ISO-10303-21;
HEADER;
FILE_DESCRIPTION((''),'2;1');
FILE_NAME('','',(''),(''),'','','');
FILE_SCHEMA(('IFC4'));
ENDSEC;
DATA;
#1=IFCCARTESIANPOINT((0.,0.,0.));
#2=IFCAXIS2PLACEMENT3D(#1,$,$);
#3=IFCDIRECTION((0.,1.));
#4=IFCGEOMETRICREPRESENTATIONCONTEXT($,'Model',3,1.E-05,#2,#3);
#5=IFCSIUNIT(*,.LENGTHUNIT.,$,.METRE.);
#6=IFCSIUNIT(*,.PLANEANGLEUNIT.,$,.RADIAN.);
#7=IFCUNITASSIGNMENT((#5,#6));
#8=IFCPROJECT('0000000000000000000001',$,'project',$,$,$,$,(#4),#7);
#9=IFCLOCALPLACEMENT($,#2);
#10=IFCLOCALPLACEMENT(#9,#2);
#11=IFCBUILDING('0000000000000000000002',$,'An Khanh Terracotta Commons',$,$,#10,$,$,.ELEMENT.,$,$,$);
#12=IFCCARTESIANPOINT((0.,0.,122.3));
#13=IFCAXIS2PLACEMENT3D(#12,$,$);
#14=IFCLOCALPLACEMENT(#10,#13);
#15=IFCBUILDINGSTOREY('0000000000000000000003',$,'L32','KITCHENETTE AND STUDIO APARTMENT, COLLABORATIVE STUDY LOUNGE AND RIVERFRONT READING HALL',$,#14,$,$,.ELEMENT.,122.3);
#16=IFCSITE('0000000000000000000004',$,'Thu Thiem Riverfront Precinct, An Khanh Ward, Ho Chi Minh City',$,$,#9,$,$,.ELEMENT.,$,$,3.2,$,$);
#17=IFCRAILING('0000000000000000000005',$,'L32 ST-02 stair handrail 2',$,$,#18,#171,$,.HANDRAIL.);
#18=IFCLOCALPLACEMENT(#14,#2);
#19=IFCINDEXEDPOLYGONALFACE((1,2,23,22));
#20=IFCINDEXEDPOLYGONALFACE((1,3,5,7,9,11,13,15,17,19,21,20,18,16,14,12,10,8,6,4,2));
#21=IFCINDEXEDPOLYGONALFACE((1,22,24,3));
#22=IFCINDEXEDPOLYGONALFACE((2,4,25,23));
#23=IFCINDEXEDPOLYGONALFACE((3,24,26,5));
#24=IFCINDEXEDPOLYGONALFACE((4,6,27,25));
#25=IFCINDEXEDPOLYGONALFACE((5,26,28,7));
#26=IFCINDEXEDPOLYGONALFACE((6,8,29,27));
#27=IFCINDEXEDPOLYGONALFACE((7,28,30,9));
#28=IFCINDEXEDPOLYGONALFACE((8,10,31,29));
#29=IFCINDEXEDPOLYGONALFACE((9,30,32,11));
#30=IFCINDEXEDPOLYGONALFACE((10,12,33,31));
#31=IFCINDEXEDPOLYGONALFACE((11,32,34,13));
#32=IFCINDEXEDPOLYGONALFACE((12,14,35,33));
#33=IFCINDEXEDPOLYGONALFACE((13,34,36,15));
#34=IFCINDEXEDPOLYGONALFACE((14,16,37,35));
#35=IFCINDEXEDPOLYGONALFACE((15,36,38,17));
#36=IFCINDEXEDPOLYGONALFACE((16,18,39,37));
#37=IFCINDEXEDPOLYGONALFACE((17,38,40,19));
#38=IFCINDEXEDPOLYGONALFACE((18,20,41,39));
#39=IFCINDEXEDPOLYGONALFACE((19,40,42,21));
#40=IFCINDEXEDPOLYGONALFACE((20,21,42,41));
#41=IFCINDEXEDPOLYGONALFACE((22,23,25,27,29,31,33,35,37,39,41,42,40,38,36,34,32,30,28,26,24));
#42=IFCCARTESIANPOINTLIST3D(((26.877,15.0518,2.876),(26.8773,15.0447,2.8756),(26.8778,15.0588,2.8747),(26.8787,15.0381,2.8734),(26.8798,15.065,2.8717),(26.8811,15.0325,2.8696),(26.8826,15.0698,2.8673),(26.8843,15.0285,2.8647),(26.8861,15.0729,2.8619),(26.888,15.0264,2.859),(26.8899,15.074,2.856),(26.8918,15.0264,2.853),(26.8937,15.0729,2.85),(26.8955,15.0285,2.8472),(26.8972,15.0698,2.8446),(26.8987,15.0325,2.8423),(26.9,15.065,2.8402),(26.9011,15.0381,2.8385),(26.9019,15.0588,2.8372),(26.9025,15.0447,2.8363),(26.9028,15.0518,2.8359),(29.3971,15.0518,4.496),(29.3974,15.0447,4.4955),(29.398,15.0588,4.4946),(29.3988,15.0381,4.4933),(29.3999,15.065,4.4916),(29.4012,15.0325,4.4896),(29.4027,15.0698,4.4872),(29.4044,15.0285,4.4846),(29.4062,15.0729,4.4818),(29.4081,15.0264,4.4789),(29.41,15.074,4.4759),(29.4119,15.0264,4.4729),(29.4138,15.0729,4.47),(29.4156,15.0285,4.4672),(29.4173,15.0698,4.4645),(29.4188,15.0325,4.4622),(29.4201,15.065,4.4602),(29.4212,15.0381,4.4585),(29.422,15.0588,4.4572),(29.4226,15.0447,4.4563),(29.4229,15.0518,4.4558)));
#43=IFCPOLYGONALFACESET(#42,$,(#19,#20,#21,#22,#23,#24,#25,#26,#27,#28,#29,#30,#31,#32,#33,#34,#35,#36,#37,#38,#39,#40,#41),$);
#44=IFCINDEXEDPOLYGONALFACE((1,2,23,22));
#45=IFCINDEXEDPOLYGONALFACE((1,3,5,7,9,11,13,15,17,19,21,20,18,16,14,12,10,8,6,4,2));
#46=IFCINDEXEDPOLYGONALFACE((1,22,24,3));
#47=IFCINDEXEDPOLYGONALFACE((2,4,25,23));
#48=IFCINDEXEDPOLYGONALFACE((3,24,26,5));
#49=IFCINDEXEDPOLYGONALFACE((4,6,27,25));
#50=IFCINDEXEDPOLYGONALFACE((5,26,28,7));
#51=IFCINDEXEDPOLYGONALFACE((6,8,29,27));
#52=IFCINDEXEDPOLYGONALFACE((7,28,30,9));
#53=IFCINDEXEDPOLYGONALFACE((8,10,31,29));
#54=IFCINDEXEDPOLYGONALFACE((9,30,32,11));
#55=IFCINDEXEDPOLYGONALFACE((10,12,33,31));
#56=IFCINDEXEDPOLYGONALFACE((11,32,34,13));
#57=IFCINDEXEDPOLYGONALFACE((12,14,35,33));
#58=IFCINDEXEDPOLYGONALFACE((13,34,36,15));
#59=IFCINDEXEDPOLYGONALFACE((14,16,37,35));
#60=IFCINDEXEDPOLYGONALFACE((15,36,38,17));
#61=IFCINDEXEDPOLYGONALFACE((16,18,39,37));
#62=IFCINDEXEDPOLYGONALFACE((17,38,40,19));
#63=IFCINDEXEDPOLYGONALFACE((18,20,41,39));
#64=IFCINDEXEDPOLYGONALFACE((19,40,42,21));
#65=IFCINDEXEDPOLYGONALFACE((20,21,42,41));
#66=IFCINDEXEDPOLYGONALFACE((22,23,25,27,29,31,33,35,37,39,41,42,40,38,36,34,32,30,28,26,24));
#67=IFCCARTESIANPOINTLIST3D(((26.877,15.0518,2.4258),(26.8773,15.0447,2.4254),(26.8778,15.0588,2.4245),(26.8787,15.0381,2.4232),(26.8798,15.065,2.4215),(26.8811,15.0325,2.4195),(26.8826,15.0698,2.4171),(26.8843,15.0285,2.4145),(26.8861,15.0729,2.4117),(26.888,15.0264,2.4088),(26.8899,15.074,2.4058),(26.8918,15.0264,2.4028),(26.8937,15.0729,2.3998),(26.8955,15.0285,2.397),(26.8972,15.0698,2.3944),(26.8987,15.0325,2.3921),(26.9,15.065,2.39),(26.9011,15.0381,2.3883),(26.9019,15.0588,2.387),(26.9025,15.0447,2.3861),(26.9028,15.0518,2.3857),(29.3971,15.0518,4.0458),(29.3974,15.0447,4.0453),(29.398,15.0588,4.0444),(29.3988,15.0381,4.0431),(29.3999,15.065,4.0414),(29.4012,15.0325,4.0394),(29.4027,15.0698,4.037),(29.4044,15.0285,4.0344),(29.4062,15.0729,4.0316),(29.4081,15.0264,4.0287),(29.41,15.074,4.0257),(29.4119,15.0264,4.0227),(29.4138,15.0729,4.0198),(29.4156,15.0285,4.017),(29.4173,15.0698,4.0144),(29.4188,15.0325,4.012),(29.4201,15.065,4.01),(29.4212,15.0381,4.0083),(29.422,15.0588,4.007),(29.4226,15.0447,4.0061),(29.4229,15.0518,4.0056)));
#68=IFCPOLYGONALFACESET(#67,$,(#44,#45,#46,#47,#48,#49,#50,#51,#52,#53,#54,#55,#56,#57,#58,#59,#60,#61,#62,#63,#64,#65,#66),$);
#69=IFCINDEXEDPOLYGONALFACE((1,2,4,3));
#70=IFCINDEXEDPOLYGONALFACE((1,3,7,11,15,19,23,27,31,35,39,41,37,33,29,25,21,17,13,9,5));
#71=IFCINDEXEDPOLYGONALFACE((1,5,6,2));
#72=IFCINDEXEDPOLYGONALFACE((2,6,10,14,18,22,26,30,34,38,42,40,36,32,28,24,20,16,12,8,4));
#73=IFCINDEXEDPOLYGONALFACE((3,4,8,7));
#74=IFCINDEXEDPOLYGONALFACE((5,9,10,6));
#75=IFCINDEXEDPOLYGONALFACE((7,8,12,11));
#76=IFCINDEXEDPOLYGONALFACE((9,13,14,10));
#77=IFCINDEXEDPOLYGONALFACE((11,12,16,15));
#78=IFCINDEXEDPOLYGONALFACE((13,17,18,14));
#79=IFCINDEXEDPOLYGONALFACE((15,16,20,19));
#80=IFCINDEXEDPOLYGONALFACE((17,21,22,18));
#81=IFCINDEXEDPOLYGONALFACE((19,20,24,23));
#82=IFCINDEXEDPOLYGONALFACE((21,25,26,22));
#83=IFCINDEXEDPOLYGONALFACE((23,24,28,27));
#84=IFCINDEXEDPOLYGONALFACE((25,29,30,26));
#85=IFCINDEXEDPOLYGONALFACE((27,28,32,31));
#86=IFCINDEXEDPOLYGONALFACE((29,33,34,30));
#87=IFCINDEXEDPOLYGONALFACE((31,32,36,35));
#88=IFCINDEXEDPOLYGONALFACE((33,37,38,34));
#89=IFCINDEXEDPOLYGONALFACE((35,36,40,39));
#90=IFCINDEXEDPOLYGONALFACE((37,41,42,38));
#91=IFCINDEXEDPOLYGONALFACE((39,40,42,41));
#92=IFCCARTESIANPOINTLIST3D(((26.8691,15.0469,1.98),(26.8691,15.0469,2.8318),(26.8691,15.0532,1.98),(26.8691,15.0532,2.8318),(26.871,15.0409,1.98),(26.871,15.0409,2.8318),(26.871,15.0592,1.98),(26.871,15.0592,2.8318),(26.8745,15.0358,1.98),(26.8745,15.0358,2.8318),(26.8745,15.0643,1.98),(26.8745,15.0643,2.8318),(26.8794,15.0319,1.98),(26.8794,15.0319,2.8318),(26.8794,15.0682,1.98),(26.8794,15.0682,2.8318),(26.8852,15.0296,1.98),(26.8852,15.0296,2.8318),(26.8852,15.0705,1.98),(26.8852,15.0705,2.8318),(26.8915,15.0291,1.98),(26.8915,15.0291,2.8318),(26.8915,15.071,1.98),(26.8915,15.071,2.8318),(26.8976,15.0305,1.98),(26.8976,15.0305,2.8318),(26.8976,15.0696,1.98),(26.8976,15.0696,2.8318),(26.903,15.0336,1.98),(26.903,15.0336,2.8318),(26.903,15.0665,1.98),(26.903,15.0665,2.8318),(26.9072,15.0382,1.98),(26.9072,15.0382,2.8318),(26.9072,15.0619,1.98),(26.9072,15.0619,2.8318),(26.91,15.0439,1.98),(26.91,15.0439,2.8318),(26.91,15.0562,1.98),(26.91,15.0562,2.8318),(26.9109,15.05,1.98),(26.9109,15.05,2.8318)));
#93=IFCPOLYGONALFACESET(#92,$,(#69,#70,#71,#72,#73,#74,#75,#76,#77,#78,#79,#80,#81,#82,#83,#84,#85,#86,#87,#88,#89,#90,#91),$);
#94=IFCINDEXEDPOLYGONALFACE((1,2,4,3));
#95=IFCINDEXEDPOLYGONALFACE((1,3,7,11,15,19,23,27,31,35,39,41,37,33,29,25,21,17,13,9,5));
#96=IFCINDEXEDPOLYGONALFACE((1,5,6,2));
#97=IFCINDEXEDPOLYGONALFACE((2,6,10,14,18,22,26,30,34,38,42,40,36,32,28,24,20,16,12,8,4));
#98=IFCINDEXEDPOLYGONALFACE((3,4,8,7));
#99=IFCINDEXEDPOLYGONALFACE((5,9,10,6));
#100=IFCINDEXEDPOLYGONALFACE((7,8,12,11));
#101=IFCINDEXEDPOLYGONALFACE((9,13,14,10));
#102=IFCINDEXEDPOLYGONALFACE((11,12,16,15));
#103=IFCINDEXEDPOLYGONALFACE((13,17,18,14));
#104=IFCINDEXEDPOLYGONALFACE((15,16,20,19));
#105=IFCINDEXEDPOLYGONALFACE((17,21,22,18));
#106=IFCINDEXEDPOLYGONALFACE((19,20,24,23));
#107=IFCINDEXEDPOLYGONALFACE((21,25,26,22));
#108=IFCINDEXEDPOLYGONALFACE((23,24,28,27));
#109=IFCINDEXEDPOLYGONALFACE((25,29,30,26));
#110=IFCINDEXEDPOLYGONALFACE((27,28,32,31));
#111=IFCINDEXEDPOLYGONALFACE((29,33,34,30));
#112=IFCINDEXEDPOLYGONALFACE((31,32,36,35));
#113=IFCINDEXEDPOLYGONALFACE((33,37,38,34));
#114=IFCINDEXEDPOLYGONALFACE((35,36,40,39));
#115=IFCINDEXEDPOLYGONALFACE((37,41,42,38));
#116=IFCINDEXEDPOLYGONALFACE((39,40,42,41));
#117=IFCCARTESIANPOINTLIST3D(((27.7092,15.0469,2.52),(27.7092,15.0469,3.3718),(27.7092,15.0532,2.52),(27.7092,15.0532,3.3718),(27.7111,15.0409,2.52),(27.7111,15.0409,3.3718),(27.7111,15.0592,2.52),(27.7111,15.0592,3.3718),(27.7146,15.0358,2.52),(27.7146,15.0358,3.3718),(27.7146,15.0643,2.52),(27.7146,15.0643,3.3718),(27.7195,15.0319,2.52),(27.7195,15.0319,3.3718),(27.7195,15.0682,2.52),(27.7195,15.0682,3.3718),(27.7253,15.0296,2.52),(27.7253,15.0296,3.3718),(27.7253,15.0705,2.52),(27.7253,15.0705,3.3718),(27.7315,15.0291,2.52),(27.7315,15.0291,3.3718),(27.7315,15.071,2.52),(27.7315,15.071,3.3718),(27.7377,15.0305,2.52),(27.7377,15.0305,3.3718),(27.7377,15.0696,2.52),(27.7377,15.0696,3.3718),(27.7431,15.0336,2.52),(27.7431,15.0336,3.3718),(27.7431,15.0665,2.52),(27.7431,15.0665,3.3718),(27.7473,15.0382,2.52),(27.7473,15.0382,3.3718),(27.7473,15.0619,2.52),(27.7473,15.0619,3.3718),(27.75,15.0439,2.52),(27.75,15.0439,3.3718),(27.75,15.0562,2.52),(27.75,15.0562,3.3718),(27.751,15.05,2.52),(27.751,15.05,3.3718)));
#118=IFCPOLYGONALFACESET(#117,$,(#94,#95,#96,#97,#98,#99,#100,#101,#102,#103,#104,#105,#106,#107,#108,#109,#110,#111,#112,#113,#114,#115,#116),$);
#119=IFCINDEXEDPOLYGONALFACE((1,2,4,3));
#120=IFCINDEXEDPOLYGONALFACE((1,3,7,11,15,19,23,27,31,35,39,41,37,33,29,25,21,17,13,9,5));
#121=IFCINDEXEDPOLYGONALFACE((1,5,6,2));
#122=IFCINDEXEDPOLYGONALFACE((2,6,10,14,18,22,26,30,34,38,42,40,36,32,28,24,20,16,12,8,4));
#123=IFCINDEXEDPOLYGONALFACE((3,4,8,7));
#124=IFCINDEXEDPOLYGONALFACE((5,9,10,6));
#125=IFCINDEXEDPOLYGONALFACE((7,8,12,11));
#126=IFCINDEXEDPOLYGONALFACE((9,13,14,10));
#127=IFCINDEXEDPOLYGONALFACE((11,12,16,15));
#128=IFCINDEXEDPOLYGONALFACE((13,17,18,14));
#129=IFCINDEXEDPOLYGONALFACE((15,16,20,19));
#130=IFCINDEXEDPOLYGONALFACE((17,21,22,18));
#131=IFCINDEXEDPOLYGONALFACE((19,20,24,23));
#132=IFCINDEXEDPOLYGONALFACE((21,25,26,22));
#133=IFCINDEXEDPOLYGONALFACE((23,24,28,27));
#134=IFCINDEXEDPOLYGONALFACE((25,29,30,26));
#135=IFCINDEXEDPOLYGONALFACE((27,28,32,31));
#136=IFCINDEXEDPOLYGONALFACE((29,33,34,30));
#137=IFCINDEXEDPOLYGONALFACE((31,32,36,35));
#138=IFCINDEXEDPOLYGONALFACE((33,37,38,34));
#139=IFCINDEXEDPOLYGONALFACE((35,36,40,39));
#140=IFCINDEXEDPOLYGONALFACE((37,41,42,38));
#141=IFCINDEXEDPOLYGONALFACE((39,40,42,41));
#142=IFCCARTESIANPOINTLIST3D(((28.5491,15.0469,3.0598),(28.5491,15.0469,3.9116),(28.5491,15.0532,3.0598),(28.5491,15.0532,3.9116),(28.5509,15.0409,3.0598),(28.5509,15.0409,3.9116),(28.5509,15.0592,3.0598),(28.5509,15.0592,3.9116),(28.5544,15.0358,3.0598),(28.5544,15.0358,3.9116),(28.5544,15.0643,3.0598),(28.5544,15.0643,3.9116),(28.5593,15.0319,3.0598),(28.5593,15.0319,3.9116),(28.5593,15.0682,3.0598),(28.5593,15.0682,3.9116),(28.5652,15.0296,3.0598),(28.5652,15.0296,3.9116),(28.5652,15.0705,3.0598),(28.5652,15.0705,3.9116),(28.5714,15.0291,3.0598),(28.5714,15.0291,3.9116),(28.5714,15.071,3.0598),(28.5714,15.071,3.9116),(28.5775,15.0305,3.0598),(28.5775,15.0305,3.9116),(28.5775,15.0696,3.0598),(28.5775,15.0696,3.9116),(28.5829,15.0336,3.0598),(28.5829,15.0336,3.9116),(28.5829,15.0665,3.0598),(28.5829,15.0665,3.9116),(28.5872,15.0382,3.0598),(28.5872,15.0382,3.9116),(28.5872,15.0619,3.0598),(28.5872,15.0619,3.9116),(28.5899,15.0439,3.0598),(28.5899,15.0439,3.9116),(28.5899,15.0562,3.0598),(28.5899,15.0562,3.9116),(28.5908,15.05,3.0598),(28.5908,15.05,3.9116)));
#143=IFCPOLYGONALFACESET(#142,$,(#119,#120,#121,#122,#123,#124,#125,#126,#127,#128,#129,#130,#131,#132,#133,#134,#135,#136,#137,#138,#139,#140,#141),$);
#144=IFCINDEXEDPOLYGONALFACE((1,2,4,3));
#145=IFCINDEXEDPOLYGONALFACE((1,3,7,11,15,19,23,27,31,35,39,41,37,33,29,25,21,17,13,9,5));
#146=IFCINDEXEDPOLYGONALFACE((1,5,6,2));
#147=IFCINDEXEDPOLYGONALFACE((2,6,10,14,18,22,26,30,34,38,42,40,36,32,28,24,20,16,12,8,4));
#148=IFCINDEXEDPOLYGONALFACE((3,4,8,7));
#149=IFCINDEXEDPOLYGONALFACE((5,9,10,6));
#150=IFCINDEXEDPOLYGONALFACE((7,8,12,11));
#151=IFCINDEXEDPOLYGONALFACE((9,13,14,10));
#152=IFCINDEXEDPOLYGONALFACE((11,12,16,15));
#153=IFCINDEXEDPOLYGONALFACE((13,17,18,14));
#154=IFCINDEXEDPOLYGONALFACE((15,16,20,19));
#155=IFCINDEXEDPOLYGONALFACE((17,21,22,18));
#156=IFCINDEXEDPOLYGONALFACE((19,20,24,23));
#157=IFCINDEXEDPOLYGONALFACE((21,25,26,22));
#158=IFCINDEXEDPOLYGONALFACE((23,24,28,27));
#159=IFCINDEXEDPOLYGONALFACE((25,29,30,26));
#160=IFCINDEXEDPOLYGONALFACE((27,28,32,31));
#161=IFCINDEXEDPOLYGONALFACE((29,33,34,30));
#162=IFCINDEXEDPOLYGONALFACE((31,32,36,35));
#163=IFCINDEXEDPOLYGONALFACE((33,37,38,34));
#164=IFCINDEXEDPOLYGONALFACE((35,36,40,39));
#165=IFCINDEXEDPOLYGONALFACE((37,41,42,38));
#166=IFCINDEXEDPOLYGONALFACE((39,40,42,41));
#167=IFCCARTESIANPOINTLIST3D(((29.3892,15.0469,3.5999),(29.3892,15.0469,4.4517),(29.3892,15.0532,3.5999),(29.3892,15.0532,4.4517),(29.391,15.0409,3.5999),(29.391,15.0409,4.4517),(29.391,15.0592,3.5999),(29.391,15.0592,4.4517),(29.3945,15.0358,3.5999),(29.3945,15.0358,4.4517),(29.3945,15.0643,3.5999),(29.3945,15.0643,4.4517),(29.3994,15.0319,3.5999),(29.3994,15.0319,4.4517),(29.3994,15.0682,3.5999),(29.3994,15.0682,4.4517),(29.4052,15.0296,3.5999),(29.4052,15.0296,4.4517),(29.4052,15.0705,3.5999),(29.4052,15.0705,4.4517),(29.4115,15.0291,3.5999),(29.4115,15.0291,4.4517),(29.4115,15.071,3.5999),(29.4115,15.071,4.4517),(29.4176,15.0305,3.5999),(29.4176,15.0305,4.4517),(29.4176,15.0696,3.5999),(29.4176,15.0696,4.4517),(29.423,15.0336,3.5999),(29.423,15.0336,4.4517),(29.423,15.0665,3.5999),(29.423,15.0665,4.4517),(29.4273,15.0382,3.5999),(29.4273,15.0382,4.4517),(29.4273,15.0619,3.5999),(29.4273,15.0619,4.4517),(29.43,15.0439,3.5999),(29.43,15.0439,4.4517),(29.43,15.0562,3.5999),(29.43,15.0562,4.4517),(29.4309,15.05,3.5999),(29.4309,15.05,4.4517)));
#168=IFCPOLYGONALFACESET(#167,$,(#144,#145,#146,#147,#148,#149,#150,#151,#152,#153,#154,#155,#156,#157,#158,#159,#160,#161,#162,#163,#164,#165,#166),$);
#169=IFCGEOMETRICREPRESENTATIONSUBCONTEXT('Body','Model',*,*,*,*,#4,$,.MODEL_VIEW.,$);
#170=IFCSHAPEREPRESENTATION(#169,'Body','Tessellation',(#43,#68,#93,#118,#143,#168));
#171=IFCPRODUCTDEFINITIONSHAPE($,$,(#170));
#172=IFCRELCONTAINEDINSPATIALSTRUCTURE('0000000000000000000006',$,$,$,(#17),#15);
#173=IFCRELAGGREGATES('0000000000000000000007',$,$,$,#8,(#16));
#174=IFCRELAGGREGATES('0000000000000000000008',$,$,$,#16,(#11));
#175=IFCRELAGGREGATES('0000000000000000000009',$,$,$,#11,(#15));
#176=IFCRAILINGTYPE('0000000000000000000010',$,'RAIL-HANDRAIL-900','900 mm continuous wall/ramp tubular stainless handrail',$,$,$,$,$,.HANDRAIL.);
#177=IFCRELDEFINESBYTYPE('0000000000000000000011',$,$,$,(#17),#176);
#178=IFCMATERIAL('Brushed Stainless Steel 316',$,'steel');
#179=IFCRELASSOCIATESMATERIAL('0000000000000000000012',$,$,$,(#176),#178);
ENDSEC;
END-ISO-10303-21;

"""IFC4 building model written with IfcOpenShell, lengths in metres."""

from ifc_helpers import new_model, si_unit, direction, frame, origin, origin_2d, place, context, subcontext, project, spatial, circle, extrude, material, type_object, element, save


model = new_model("IFC4")

# Units and contexts
model_context = context("Model", 3, precision=1e-05, world=origin(), true_north=direction((0.0, 1.0)))
body_context = subcontext(model_context, "Body", "Model", "MODEL_VIEW")
ifc_project = project(units=[si_unit("LENGTHUNIT", "METRE"), si_unit("PLANEANGLEUNIT", "RADIAN")], contexts=[model_context])

# Site, building, storey
site_placement = place(None, origin())
site = spatial("IfcSite", under=ifc_project, at=site_placement, Name="Thu Thiem Riverfront Precinct, An Khanh Ward, Ho Chi Minh City", CompositionType="ELEMENT", RefElevation=3.2)
building_placement = place(site_placement, origin())
building = spatial("IfcBuilding", under=site, at=building_placement, Name="An Khanh Terracotta Commons", CompositionType="ELEMENT")
storey_placement = place(building_placement, frame((0.0, 0.0, 122.3)))
storey = spatial("IfcBuildingStorey", under=building, at=storey_placement, Name="L32", Description="KITCHENETTE AND STUDIO APARTMENT, COLLABORATIVE STUDY LOUNGE AND RIVERFRONT READING HALL", CompositionType="ELEMENT", Elevation=122.3)

# Railing
ifc_material_1 = material(Name="Brushed Stainless Steel 316", Category="steel")
railing_type_1 = type_object("IfcRailingType", Name="RAIL-HANDRAIL-900", Description="900 mm continuous wall/ramp tubular stainless handrail", PredefinedType="HANDRAIL", material=ifc_material_1)
railing_1_placement = place(storey_placement, frame((26.8899, 15.05, 1.98)))
element("IfcRailing", 1, at=railing_1_placement, inside=storey, type_object=railing_type_1, Name="L32 ST-02 stair handrail 2", PredefinedType="HANDRAIL", context=body_context, shape_type="SweptSolid", body=[
    extrude(circle(Radius=0.0239, at=origin_2d()), frame((0.0, 0.0, 0.876), z_axis=(0.8412, 0.0, 0.540725), x_axis=(0.0, 1.0, 0.0)), (0.0, 0.0, 1.0), 2.9958),
    extrude(circle(Radius=0.0239, at=origin_2d()), frame((0.0, 0.0, 0.4258), z_axis=(0.8412, 0.0, 0.540725), x_axis=(0.0, 1.0, 0.0)), (0.0, 0.0, 1.0), 2.9958),
    extrude(circle(Radius=0.021, at=origin_2d()), origin(), (0.0, 0.0, 1.0), 0.8518),
    extrude(circle(Radius=0.021, at=origin_2d()), frame((0.8401, 0.0, 0.54)), (0.0, 0.0, 1.0), 0.8518),
    extrude(circle(Radius=0.021, at=origin_2d()), frame((1.6799, 0.0, 1.0798)), (0.0, 0.0, 1.0), 0.8518),
    extrude(circle(Radius=0.021, at=origin_2d()), frame((2.52, 0.0, 1.6199)), (0.0, 0.0, 1.0), 0.8518),
])

save(model, "model.ifc")
